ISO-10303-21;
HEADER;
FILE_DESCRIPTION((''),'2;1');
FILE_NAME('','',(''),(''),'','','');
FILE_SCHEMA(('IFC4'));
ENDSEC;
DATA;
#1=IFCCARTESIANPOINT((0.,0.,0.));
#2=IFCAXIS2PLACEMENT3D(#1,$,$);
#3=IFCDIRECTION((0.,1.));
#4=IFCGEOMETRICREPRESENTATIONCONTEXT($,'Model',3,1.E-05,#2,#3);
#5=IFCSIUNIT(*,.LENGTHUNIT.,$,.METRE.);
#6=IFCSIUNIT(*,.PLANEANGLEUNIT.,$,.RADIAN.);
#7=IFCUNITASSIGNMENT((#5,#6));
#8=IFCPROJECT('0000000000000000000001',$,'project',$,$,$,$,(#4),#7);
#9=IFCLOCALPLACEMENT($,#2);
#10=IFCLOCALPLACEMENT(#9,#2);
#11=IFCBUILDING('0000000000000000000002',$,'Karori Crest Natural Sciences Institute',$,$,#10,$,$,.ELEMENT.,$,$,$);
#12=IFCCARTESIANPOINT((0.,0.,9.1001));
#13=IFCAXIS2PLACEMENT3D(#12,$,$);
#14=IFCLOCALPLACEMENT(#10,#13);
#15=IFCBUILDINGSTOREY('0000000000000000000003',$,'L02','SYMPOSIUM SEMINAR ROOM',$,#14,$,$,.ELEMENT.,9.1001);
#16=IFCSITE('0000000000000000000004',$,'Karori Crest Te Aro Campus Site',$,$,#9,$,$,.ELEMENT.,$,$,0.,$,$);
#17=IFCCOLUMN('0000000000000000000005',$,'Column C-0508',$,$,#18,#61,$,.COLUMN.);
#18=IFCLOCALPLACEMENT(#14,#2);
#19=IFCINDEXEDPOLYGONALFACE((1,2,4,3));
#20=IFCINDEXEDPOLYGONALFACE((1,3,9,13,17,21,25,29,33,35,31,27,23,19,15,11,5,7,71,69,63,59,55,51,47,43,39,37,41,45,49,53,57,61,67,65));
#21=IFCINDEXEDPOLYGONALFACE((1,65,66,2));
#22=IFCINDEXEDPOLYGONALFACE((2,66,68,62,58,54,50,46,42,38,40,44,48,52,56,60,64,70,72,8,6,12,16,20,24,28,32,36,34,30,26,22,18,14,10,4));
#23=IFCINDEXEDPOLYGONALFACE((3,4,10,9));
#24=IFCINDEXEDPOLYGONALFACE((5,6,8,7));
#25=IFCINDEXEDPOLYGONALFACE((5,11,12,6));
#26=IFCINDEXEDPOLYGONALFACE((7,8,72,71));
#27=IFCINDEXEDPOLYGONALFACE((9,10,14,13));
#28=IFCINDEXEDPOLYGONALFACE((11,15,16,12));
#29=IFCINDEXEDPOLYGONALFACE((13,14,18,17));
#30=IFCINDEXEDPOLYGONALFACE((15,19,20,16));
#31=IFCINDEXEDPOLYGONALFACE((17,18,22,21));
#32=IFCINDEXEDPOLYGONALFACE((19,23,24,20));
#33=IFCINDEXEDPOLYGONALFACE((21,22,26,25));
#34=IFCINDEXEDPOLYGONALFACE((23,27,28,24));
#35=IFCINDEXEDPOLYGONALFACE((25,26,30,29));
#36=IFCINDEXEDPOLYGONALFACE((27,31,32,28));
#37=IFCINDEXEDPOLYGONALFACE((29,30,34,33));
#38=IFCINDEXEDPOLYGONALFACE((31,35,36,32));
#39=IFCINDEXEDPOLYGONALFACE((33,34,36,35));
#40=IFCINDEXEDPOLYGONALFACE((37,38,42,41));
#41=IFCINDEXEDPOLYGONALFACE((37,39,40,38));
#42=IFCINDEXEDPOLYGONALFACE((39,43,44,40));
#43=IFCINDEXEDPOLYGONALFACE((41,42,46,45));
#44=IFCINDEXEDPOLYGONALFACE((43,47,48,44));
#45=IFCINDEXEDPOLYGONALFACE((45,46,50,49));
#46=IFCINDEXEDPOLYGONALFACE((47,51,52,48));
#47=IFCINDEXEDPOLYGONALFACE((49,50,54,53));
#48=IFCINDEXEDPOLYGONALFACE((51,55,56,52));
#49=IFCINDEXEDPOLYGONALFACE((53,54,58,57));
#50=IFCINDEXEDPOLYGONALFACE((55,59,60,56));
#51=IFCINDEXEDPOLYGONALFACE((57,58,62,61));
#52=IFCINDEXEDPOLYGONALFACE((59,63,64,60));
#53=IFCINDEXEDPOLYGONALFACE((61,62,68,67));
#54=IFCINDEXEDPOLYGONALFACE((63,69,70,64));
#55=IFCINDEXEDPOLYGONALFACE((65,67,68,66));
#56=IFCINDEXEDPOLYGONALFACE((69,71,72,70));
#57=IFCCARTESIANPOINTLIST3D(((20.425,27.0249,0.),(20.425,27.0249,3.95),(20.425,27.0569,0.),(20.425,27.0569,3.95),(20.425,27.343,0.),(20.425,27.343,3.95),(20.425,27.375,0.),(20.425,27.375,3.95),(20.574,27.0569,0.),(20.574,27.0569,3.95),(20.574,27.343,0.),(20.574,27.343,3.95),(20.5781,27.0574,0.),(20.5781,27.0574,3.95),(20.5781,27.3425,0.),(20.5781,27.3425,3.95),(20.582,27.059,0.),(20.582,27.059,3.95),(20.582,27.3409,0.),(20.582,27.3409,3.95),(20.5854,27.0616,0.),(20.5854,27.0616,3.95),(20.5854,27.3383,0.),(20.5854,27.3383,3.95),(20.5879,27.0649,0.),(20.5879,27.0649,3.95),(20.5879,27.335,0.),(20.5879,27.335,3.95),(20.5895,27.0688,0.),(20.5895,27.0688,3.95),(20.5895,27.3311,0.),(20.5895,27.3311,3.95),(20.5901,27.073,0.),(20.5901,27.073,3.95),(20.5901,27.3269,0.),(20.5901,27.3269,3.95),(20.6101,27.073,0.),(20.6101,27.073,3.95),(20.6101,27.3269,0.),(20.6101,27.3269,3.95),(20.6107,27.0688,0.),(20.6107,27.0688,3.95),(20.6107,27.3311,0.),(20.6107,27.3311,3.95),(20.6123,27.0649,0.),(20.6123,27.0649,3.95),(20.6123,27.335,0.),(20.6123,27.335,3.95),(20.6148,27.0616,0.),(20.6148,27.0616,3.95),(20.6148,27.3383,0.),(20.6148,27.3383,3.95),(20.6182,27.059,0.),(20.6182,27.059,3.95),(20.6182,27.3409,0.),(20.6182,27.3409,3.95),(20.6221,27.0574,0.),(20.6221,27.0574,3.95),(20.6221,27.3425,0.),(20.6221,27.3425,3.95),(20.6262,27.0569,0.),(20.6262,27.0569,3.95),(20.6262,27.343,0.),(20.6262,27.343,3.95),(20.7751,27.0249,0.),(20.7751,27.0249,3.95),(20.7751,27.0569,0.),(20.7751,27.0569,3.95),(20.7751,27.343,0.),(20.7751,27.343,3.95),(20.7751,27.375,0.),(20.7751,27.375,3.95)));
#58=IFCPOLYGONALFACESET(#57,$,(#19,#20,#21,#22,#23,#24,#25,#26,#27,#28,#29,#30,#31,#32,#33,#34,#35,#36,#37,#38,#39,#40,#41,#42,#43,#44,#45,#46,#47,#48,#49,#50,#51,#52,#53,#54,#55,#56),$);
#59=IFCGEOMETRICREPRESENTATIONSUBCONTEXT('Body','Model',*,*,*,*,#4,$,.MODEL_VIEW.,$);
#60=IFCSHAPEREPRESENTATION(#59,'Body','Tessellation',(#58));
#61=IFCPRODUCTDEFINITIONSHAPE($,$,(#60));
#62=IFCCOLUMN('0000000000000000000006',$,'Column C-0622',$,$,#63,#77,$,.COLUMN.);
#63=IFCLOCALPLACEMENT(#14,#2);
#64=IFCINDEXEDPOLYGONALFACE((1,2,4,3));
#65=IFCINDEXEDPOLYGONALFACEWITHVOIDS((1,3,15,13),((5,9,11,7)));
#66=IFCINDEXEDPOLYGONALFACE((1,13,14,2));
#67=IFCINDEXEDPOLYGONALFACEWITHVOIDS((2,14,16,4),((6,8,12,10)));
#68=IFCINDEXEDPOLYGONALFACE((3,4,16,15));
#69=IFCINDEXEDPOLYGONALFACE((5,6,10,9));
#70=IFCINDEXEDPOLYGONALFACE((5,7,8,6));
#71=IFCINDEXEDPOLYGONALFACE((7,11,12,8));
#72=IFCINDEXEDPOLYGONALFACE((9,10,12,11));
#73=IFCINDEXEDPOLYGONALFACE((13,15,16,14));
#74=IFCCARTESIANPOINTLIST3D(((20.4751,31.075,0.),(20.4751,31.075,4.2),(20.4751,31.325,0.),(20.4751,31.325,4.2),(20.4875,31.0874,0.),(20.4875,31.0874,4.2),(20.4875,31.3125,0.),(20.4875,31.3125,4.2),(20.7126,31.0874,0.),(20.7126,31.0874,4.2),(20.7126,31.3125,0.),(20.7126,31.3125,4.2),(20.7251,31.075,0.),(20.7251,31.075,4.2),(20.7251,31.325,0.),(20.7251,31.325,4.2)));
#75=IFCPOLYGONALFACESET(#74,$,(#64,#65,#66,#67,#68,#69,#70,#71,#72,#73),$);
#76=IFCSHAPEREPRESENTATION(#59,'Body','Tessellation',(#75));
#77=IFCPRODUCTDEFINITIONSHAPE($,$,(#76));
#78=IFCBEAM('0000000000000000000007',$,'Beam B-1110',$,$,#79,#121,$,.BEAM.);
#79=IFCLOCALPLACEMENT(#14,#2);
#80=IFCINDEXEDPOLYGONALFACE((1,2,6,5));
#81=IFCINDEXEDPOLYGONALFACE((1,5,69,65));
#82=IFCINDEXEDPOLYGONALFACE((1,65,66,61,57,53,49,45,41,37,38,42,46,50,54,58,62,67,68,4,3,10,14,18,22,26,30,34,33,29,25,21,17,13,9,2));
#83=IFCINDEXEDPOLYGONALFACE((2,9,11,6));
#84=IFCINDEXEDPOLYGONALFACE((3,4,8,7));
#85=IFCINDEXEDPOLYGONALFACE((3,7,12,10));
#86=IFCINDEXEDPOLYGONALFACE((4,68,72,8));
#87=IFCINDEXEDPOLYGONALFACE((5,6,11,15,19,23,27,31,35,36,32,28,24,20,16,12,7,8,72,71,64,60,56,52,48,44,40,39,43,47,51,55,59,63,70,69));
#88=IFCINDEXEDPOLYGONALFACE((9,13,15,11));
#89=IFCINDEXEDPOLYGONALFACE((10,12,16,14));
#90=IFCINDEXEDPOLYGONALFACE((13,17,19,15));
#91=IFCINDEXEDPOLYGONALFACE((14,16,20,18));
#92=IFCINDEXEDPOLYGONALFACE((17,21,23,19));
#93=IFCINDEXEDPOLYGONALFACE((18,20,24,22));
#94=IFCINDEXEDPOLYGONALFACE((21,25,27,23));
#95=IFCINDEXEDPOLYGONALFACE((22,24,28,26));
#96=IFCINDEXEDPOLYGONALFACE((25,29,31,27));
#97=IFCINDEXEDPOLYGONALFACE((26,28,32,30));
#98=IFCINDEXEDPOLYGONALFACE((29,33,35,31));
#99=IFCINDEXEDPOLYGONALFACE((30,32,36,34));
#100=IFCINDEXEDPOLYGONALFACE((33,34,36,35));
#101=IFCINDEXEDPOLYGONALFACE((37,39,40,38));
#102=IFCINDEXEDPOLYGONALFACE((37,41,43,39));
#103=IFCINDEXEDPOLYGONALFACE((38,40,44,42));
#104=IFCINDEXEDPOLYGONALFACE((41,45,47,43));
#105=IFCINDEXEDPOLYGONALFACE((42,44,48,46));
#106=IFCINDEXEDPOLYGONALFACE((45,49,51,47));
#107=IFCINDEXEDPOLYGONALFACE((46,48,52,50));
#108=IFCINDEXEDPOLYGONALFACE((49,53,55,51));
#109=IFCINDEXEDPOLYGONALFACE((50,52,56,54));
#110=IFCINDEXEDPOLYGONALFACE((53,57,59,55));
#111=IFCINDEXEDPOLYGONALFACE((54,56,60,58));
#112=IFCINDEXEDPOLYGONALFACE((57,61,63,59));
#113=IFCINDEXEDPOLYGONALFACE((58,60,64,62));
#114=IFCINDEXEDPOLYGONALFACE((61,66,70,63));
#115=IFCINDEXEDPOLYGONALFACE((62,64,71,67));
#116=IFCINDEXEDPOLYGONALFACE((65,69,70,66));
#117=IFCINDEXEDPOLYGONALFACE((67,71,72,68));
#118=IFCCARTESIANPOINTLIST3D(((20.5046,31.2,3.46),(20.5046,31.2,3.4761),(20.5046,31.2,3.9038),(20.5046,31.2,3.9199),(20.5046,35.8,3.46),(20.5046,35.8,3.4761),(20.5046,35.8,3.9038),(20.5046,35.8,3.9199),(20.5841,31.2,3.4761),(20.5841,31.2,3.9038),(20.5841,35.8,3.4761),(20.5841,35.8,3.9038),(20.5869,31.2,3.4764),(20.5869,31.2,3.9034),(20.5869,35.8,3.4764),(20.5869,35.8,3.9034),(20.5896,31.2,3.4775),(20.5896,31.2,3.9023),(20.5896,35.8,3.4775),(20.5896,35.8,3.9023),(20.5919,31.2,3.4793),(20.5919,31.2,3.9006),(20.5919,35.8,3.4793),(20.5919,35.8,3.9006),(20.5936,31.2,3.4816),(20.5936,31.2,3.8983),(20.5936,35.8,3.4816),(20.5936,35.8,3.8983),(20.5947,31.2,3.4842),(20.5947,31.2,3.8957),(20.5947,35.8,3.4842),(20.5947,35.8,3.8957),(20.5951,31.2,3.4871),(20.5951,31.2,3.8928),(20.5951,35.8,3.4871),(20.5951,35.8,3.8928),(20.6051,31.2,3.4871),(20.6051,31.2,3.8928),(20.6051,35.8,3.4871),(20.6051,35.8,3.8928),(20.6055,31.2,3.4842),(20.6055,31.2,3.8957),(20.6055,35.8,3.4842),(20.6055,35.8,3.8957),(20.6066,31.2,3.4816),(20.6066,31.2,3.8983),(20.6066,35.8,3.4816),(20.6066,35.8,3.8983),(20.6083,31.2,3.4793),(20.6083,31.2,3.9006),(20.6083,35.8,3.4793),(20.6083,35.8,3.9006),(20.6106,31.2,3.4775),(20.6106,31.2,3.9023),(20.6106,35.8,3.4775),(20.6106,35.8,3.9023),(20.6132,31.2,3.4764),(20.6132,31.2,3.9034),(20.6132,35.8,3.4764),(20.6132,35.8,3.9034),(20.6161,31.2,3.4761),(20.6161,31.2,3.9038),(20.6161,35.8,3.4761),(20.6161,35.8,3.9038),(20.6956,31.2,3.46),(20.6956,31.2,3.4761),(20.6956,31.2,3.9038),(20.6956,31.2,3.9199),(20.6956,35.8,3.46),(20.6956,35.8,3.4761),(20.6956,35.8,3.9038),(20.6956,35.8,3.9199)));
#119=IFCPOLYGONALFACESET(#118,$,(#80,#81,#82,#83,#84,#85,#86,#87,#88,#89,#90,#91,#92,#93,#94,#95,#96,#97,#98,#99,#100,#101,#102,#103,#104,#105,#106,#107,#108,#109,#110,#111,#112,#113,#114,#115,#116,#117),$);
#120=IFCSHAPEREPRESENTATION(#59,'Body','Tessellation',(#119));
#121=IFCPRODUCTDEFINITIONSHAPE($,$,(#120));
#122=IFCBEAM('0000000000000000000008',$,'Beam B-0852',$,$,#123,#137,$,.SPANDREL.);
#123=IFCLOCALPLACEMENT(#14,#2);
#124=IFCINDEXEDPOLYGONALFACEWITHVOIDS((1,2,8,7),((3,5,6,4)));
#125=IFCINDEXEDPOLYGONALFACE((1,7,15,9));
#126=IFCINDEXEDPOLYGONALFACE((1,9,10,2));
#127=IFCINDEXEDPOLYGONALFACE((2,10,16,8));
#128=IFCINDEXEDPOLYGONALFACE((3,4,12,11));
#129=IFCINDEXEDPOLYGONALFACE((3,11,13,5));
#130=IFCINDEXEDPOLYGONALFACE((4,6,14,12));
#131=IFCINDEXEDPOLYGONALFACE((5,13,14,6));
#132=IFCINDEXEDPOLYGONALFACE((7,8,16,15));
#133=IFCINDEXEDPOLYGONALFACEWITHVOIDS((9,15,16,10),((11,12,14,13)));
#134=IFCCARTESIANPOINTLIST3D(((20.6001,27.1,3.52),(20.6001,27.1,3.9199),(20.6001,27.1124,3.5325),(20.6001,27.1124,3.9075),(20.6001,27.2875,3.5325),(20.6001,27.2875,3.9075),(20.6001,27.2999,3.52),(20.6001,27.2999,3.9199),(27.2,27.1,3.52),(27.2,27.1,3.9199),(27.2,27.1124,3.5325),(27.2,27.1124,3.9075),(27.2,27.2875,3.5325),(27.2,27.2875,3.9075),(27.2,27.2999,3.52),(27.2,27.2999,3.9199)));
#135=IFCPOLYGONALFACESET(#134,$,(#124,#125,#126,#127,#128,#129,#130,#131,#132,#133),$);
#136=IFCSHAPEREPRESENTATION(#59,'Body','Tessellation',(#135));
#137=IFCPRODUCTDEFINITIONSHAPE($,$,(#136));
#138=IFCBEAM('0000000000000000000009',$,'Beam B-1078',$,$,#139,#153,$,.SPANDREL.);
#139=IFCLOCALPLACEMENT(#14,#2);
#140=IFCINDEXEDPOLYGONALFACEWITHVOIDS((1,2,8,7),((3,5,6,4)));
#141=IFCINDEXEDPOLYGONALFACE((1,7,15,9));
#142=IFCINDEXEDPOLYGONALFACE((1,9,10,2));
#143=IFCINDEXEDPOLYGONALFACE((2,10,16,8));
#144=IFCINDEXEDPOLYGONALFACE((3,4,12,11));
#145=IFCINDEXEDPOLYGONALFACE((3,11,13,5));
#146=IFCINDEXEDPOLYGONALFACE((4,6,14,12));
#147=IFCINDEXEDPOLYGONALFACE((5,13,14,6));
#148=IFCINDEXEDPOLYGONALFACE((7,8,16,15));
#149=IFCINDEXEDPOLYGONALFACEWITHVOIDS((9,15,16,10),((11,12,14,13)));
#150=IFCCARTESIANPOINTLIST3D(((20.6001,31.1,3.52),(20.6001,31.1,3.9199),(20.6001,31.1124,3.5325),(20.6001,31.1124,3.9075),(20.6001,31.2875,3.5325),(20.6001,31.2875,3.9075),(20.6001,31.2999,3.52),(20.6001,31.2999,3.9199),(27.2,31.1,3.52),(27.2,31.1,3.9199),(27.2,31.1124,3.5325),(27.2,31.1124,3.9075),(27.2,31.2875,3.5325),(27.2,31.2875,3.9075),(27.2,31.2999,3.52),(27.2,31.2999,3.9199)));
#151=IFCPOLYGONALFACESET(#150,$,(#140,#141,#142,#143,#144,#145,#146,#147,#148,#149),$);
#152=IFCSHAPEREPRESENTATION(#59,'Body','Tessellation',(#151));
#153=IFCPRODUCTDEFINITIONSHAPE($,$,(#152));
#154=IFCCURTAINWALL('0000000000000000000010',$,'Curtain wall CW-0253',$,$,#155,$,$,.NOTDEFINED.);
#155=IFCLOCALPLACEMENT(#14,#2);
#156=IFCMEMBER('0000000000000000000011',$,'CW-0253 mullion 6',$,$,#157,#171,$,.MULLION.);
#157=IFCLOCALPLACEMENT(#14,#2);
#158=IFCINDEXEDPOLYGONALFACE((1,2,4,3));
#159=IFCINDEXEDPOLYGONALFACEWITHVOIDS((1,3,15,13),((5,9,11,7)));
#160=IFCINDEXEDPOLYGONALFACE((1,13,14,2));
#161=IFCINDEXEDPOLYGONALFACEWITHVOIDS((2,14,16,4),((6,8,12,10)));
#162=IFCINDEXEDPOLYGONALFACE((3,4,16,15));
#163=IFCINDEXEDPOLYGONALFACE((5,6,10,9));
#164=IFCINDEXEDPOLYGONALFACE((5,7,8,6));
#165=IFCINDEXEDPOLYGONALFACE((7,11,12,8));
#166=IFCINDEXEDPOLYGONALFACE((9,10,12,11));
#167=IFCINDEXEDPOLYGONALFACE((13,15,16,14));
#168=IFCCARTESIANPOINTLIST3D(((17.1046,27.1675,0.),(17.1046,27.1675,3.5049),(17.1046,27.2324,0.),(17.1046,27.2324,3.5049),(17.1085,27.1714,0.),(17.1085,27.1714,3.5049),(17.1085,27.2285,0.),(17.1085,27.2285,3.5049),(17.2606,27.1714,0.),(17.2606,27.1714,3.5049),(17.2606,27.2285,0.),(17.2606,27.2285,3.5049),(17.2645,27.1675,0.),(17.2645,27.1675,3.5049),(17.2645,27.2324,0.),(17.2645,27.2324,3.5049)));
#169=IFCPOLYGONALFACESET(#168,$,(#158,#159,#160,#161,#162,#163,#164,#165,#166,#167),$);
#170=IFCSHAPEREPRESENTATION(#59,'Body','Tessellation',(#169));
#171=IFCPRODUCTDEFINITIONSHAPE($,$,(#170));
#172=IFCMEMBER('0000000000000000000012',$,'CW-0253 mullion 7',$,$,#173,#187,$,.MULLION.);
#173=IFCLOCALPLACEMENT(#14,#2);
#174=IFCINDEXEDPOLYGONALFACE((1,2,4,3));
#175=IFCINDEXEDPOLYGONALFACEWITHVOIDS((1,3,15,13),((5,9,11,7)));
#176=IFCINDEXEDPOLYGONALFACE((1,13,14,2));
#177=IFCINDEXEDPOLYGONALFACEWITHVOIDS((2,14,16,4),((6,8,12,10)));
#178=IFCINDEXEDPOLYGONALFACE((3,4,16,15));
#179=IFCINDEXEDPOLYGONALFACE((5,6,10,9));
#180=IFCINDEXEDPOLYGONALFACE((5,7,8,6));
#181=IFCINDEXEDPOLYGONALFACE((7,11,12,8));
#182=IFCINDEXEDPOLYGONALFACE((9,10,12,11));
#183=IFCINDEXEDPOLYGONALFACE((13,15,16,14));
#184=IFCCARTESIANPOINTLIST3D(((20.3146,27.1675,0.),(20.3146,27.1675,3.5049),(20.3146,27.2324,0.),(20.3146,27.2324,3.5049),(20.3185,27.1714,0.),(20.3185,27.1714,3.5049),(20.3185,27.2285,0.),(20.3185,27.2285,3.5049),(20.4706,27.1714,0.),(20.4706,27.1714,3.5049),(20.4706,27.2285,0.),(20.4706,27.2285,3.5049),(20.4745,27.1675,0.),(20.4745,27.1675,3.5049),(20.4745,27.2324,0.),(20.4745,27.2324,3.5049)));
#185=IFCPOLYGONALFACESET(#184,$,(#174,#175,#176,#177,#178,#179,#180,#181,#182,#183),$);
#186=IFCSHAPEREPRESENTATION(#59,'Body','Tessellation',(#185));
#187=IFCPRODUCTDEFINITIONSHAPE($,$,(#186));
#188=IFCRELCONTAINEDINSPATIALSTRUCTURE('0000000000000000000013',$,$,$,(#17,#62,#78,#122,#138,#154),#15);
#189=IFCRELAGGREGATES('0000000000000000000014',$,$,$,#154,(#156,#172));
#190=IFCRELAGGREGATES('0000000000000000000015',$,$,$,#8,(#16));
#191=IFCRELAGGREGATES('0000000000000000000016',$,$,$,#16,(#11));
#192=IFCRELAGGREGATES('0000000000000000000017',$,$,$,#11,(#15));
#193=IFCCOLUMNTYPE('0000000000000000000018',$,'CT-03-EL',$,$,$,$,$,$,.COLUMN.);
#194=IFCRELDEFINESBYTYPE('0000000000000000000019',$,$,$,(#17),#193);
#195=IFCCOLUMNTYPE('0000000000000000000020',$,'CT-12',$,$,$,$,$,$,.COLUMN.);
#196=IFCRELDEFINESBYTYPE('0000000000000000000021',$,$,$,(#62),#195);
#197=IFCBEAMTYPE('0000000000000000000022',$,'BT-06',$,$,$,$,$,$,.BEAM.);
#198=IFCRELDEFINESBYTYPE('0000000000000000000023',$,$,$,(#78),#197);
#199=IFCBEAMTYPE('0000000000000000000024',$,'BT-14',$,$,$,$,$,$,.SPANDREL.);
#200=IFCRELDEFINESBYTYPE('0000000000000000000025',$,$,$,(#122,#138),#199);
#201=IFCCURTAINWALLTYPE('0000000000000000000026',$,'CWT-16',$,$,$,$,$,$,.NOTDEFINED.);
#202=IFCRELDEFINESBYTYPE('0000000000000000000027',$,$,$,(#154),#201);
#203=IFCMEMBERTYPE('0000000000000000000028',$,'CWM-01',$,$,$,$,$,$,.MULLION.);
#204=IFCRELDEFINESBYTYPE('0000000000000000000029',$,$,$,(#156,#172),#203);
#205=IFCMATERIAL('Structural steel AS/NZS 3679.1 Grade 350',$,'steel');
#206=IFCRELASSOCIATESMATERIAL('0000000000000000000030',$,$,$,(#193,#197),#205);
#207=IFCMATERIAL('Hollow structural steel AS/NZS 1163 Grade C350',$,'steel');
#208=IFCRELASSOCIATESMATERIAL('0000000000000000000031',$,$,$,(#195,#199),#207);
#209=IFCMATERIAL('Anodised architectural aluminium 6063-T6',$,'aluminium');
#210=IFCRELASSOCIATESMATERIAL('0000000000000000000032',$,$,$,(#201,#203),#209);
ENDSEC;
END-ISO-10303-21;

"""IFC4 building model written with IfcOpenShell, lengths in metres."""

from ifc_helpers import new_model, si_unit, direction, frame, origin, origin_2d, place, context, subcontext, project, spatial, hollow_rectangle, i_section, extrude, material, material_profile, profile_set, type_object, element, aggregate, save


model = new_model("IFC4")

# Units and contexts
model_context = context("Model", 3, precision=1e-05, world=origin(), true_north=direction((0.0, 1.0)))
body_context = subcontext(model_context, "Body", "Model", "MODEL_VIEW")
ifc_project = project(units=[si_unit("LENGTHUNIT", "METRE"), si_unit("PLANEANGLEUNIT", "RADIAN")], contexts=[model_context])

# Site, building, storey
site_placement = place(None, origin())
site = spatial("IfcSite", under=ifc_project, at=site_placement, Name="Karori Crest Te Aro Campus Site", CompositionType="ELEMENT", RefElevation=0.0)
building_placement = place(site_placement, origin())
building = spatial("IfcBuilding", under=site, at=building_placement, Name="Karori Crest Natural Sciences Institute", CompositionType="ELEMENT")
storey_placement = place(building_placement, frame((0.0, 0.0, 9.1001)))
storey = spatial("IfcBuildingStorey", under=building, at=storey_placement, Name="L02", Description="SYMPOSIUM SEMINAR ROOM", CompositionType="ELEMENT", Elevation=9.1001)

# Columns
ifc_material_1 = material(Name="Structural steel AS/NZS 3679.1 Grade 350", Category="steel")
ifc_material_profile_1 = material_profile(ifc_material_1, i_section(OverallWidth=0.3501, OverallDepth=0.3501, WebThickness=0.02, FlangeThickness=0.032, FilletRadius=0.0161, at=origin_2d()), Name="350WC280")
ifc_profile_set_1 = profile_set([ifc_material_profile_1], Name="Structural steel AS/NZS 3679.1 Grade 350")
column_type_1 = type_object("IfcColumnType", Name="CT-03-EL", PredefinedType="COLUMN", material=ifc_profile_set_1)
column_1_placement = place(storey_placement, frame((20.6001, 27.2, 0.0), z_axis=(0.0, 0.0, 1.0), x_axis=(1.0, 0.0, 0.0)))
element("IfcColumn", 1, at=column_1_placement, inside=storey, type_object=column_type_1, Name="Column C-0508", PredefinedType="COLUMN", context=body_context, shape_type="SweptSolid", body=[
    extrude(i_section(OverallWidth=0.3501, OverallDepth=0.3501, WebThickness=0.02, FlangeThickness=0.032, FilletRadius=0.0161, at=origin_2d()), origin(), (0.0, 0.0, 1.0), 3.95),
])
ifc_material_2 = material(Name="Hollow structural steel AS/NZS 1163 Grade C350", Category="steel")
ifc_material_profile_2 = material_profile(ifc_material_2, hollow_rectangle(XDim=0.25, YDim=0.25, WallThickness=0.0125, at=origin_2d()), Name="SHS250x250x12.5")
ifc_profile_set_2 = profile_set([ifc_material_profile_2], Name="Hollow structural steel AS/NZS 1163 Grade C350")
column_type_2 = type_object("IfcColumnType", Name="CT-12", PredefinedType="COLUMN", material=ifc_profile_set_2)
column_2_placement = place(storey_placement, frame((20.6001, 31.2, 0.0), z_axis=(0.0, 0.0, 1.0), x_axis=(1.0, 0.0, 0.0)))
element("IfcColumn", 2, at=column_2_placement, inside=storey, type_object=column_type_2, Name="Column C-0622", PredefinedType="COLUMN", context=body_context, shape_type="SweptSolid", body=[
    extrude(hollow_rectangle(XDim=0.25, YDim=0.25, WallThickness=0.0125, at=origin_2d()), origin(), (0.0, 0.0, 1.0), 4.2),
])

# Beams
ifc_material_profile_3 = material_profile(ifc_material_1, i_section(OverallWidth=0.1909, OverallDepth=0.46, WebThickness=0.01, FlangeThickness=0.0161, FilletRadius=0.011, at=origin_2d()), Name="460UB82.1")
ifc_profile_set_3 = profile_set([ifc_material_profile_3], Name="Structural steel AS/NZS 3679.1 Grade 350")
beam_type_1 = type_object("IfcBeamType", Name="BT-06", PredefinedType="BEAM", material=ifc_profile_set_3)
beam_placement = place(storey_placement, frame((20.6001, 31.2, 3.6899), z_axis=(0.0, 1.0, 0.0), x_axis=(-1.0, 0.0, 0.0)))
element("IfcBeam", 3, at=beam_placement, inside=storey, type_object=beam_type_1, Name="Beam B-1110", PredefinedType="BEAM", context=body_context, shape_type="SweptSolid", body=[
    extrude(i_section(OverallWidth=0.1909, OverallDepth=0.46, WebThickness=0.01, FlangeThickness=0.0161, FilletRadius=0.011, at=origin_2d()), origin(), (0.0, 0.0, 1.0), 4.6001),
])
ifc_material_profile_4 = material_profile(ifc_material_2, hollow_rectangle(XDim=0.2, YDim=0.3999, WallThickness=0.0125, at=origin_2d()), Name="RHS400x200x12.5")
ifc_profile_set_4 = profile_set([ifc_material_profile_4], Name="Hollow structural steel AS/NZS 1163 Grade C350")
beam_type_2 = type_object("IfcBeamType", Name="BT-14", PredefinedType="SPANDREL", material=ifc_profile_set_4)
for number, where, z_axis, x_axis, name in (
    (4, (20.6001, 27.2, 3.72), (1.0, 0.0, 0.0), (0.0, 1.0, 0.0), "Beam B-0852"),
    (5, (20.6001, 31.2, 3.72), (1.0, 0.0, 0.0), (0.0, 1.0, 0.0), "Beam B-1078"),
):
    element("IfcBeam", number, at=place(storey_placement, frame(where, z_axis=z_axis, x_axis=x_axis)), inside=storey, type_object=beam_type_2, Name=name, PredefinedType="SPANDREL", context=body_context, shape_type="SweptSolid", body=[
        extrude(hollow_rectangle(XDim=0.2, YDim=0.3999, WallThickness=0.0125, at=origin_2d()), origin(), (0.0, 0.0, 1.0), 6.5999),
    ])

# Curtain wall, members
ifc_material_3 = material(Name="Anodised architectural aluminium 6063-T6", Category="aluminium")
curtain_wall_type = type_object("IfcCurtainWallType", Name="CWT-16", PredefinedType="NOTDEFINED", material=ifc_material_3)
curtain_wall_placement = place(storey_placement, origin())
curtain_wall = element("IfcCurtainWall", 6, at=curtain_wall_placement, inside=storey, type_object=curtain_wall_type, Name="Curtain wall CW-0253", PredefinedType="NOTDEFINED")
ifc_material_profile_5 = material_profile(ifc_material_3, hollow_rectangle(XDim=0.0649, YDim=0.1599, WallThickness=0.0039, at=origin_2d()), Name="CWM160x65x4")
ifc_profile_set_5 = profile_set([ifc_material_profile_5], Name="Anodised architectural aluminium 6063-T6")
member_type_1 = type_object("IfcMemberType", Name="CWM-01", PredefinedType="MULLION", material=ifc_profile_set_5)
member_1_placement = place(storey_placement, frame((17.1846, 27.2, 0.0), z_axis=(0.0, 0.0, 1.0), x_axis=(0.0, 1.0, 0.0)))
member_1 = element("IfcMember", 7, at=member_1_placement, type_object=member_type_1, Name="CW-0253 mullion 6", PredefinedType="MULLION", context=body_context, shape_type="SweptSolid", body=[
    extrude(hollow_rectangle(XDim=0.0649, YDim=0.1599, WallThickness=0.0039, at=origin_2d()), origin(), (0.0, 0.0, 1.0), 3.5049),
])
member_2_placement = place(storey_placement, frame((20.3945, 27.2, 0.0), z_axis=(0.0, 0.0, 1.0), x_axis=(0.0, 1.0, 0.0)))
member_2 = element("IfcMember", 8, at=member_2_placement, type_object=member_type_1, Name="CW-0253 mullion 7", PredefinedType="MULLION", context=body_context, shape_type="SweptSolid", body=[
    extrude(hollow_rectangle(XDim=0.0649, YDim=0.1599, WallThickness=0.0039, at=origin_2d()), origin(), (0.0, 0.0, 1.0), 3.5049),
])
aggregate(curtain_wall, [member_1, member_2])

save(model, "model.ifc")
